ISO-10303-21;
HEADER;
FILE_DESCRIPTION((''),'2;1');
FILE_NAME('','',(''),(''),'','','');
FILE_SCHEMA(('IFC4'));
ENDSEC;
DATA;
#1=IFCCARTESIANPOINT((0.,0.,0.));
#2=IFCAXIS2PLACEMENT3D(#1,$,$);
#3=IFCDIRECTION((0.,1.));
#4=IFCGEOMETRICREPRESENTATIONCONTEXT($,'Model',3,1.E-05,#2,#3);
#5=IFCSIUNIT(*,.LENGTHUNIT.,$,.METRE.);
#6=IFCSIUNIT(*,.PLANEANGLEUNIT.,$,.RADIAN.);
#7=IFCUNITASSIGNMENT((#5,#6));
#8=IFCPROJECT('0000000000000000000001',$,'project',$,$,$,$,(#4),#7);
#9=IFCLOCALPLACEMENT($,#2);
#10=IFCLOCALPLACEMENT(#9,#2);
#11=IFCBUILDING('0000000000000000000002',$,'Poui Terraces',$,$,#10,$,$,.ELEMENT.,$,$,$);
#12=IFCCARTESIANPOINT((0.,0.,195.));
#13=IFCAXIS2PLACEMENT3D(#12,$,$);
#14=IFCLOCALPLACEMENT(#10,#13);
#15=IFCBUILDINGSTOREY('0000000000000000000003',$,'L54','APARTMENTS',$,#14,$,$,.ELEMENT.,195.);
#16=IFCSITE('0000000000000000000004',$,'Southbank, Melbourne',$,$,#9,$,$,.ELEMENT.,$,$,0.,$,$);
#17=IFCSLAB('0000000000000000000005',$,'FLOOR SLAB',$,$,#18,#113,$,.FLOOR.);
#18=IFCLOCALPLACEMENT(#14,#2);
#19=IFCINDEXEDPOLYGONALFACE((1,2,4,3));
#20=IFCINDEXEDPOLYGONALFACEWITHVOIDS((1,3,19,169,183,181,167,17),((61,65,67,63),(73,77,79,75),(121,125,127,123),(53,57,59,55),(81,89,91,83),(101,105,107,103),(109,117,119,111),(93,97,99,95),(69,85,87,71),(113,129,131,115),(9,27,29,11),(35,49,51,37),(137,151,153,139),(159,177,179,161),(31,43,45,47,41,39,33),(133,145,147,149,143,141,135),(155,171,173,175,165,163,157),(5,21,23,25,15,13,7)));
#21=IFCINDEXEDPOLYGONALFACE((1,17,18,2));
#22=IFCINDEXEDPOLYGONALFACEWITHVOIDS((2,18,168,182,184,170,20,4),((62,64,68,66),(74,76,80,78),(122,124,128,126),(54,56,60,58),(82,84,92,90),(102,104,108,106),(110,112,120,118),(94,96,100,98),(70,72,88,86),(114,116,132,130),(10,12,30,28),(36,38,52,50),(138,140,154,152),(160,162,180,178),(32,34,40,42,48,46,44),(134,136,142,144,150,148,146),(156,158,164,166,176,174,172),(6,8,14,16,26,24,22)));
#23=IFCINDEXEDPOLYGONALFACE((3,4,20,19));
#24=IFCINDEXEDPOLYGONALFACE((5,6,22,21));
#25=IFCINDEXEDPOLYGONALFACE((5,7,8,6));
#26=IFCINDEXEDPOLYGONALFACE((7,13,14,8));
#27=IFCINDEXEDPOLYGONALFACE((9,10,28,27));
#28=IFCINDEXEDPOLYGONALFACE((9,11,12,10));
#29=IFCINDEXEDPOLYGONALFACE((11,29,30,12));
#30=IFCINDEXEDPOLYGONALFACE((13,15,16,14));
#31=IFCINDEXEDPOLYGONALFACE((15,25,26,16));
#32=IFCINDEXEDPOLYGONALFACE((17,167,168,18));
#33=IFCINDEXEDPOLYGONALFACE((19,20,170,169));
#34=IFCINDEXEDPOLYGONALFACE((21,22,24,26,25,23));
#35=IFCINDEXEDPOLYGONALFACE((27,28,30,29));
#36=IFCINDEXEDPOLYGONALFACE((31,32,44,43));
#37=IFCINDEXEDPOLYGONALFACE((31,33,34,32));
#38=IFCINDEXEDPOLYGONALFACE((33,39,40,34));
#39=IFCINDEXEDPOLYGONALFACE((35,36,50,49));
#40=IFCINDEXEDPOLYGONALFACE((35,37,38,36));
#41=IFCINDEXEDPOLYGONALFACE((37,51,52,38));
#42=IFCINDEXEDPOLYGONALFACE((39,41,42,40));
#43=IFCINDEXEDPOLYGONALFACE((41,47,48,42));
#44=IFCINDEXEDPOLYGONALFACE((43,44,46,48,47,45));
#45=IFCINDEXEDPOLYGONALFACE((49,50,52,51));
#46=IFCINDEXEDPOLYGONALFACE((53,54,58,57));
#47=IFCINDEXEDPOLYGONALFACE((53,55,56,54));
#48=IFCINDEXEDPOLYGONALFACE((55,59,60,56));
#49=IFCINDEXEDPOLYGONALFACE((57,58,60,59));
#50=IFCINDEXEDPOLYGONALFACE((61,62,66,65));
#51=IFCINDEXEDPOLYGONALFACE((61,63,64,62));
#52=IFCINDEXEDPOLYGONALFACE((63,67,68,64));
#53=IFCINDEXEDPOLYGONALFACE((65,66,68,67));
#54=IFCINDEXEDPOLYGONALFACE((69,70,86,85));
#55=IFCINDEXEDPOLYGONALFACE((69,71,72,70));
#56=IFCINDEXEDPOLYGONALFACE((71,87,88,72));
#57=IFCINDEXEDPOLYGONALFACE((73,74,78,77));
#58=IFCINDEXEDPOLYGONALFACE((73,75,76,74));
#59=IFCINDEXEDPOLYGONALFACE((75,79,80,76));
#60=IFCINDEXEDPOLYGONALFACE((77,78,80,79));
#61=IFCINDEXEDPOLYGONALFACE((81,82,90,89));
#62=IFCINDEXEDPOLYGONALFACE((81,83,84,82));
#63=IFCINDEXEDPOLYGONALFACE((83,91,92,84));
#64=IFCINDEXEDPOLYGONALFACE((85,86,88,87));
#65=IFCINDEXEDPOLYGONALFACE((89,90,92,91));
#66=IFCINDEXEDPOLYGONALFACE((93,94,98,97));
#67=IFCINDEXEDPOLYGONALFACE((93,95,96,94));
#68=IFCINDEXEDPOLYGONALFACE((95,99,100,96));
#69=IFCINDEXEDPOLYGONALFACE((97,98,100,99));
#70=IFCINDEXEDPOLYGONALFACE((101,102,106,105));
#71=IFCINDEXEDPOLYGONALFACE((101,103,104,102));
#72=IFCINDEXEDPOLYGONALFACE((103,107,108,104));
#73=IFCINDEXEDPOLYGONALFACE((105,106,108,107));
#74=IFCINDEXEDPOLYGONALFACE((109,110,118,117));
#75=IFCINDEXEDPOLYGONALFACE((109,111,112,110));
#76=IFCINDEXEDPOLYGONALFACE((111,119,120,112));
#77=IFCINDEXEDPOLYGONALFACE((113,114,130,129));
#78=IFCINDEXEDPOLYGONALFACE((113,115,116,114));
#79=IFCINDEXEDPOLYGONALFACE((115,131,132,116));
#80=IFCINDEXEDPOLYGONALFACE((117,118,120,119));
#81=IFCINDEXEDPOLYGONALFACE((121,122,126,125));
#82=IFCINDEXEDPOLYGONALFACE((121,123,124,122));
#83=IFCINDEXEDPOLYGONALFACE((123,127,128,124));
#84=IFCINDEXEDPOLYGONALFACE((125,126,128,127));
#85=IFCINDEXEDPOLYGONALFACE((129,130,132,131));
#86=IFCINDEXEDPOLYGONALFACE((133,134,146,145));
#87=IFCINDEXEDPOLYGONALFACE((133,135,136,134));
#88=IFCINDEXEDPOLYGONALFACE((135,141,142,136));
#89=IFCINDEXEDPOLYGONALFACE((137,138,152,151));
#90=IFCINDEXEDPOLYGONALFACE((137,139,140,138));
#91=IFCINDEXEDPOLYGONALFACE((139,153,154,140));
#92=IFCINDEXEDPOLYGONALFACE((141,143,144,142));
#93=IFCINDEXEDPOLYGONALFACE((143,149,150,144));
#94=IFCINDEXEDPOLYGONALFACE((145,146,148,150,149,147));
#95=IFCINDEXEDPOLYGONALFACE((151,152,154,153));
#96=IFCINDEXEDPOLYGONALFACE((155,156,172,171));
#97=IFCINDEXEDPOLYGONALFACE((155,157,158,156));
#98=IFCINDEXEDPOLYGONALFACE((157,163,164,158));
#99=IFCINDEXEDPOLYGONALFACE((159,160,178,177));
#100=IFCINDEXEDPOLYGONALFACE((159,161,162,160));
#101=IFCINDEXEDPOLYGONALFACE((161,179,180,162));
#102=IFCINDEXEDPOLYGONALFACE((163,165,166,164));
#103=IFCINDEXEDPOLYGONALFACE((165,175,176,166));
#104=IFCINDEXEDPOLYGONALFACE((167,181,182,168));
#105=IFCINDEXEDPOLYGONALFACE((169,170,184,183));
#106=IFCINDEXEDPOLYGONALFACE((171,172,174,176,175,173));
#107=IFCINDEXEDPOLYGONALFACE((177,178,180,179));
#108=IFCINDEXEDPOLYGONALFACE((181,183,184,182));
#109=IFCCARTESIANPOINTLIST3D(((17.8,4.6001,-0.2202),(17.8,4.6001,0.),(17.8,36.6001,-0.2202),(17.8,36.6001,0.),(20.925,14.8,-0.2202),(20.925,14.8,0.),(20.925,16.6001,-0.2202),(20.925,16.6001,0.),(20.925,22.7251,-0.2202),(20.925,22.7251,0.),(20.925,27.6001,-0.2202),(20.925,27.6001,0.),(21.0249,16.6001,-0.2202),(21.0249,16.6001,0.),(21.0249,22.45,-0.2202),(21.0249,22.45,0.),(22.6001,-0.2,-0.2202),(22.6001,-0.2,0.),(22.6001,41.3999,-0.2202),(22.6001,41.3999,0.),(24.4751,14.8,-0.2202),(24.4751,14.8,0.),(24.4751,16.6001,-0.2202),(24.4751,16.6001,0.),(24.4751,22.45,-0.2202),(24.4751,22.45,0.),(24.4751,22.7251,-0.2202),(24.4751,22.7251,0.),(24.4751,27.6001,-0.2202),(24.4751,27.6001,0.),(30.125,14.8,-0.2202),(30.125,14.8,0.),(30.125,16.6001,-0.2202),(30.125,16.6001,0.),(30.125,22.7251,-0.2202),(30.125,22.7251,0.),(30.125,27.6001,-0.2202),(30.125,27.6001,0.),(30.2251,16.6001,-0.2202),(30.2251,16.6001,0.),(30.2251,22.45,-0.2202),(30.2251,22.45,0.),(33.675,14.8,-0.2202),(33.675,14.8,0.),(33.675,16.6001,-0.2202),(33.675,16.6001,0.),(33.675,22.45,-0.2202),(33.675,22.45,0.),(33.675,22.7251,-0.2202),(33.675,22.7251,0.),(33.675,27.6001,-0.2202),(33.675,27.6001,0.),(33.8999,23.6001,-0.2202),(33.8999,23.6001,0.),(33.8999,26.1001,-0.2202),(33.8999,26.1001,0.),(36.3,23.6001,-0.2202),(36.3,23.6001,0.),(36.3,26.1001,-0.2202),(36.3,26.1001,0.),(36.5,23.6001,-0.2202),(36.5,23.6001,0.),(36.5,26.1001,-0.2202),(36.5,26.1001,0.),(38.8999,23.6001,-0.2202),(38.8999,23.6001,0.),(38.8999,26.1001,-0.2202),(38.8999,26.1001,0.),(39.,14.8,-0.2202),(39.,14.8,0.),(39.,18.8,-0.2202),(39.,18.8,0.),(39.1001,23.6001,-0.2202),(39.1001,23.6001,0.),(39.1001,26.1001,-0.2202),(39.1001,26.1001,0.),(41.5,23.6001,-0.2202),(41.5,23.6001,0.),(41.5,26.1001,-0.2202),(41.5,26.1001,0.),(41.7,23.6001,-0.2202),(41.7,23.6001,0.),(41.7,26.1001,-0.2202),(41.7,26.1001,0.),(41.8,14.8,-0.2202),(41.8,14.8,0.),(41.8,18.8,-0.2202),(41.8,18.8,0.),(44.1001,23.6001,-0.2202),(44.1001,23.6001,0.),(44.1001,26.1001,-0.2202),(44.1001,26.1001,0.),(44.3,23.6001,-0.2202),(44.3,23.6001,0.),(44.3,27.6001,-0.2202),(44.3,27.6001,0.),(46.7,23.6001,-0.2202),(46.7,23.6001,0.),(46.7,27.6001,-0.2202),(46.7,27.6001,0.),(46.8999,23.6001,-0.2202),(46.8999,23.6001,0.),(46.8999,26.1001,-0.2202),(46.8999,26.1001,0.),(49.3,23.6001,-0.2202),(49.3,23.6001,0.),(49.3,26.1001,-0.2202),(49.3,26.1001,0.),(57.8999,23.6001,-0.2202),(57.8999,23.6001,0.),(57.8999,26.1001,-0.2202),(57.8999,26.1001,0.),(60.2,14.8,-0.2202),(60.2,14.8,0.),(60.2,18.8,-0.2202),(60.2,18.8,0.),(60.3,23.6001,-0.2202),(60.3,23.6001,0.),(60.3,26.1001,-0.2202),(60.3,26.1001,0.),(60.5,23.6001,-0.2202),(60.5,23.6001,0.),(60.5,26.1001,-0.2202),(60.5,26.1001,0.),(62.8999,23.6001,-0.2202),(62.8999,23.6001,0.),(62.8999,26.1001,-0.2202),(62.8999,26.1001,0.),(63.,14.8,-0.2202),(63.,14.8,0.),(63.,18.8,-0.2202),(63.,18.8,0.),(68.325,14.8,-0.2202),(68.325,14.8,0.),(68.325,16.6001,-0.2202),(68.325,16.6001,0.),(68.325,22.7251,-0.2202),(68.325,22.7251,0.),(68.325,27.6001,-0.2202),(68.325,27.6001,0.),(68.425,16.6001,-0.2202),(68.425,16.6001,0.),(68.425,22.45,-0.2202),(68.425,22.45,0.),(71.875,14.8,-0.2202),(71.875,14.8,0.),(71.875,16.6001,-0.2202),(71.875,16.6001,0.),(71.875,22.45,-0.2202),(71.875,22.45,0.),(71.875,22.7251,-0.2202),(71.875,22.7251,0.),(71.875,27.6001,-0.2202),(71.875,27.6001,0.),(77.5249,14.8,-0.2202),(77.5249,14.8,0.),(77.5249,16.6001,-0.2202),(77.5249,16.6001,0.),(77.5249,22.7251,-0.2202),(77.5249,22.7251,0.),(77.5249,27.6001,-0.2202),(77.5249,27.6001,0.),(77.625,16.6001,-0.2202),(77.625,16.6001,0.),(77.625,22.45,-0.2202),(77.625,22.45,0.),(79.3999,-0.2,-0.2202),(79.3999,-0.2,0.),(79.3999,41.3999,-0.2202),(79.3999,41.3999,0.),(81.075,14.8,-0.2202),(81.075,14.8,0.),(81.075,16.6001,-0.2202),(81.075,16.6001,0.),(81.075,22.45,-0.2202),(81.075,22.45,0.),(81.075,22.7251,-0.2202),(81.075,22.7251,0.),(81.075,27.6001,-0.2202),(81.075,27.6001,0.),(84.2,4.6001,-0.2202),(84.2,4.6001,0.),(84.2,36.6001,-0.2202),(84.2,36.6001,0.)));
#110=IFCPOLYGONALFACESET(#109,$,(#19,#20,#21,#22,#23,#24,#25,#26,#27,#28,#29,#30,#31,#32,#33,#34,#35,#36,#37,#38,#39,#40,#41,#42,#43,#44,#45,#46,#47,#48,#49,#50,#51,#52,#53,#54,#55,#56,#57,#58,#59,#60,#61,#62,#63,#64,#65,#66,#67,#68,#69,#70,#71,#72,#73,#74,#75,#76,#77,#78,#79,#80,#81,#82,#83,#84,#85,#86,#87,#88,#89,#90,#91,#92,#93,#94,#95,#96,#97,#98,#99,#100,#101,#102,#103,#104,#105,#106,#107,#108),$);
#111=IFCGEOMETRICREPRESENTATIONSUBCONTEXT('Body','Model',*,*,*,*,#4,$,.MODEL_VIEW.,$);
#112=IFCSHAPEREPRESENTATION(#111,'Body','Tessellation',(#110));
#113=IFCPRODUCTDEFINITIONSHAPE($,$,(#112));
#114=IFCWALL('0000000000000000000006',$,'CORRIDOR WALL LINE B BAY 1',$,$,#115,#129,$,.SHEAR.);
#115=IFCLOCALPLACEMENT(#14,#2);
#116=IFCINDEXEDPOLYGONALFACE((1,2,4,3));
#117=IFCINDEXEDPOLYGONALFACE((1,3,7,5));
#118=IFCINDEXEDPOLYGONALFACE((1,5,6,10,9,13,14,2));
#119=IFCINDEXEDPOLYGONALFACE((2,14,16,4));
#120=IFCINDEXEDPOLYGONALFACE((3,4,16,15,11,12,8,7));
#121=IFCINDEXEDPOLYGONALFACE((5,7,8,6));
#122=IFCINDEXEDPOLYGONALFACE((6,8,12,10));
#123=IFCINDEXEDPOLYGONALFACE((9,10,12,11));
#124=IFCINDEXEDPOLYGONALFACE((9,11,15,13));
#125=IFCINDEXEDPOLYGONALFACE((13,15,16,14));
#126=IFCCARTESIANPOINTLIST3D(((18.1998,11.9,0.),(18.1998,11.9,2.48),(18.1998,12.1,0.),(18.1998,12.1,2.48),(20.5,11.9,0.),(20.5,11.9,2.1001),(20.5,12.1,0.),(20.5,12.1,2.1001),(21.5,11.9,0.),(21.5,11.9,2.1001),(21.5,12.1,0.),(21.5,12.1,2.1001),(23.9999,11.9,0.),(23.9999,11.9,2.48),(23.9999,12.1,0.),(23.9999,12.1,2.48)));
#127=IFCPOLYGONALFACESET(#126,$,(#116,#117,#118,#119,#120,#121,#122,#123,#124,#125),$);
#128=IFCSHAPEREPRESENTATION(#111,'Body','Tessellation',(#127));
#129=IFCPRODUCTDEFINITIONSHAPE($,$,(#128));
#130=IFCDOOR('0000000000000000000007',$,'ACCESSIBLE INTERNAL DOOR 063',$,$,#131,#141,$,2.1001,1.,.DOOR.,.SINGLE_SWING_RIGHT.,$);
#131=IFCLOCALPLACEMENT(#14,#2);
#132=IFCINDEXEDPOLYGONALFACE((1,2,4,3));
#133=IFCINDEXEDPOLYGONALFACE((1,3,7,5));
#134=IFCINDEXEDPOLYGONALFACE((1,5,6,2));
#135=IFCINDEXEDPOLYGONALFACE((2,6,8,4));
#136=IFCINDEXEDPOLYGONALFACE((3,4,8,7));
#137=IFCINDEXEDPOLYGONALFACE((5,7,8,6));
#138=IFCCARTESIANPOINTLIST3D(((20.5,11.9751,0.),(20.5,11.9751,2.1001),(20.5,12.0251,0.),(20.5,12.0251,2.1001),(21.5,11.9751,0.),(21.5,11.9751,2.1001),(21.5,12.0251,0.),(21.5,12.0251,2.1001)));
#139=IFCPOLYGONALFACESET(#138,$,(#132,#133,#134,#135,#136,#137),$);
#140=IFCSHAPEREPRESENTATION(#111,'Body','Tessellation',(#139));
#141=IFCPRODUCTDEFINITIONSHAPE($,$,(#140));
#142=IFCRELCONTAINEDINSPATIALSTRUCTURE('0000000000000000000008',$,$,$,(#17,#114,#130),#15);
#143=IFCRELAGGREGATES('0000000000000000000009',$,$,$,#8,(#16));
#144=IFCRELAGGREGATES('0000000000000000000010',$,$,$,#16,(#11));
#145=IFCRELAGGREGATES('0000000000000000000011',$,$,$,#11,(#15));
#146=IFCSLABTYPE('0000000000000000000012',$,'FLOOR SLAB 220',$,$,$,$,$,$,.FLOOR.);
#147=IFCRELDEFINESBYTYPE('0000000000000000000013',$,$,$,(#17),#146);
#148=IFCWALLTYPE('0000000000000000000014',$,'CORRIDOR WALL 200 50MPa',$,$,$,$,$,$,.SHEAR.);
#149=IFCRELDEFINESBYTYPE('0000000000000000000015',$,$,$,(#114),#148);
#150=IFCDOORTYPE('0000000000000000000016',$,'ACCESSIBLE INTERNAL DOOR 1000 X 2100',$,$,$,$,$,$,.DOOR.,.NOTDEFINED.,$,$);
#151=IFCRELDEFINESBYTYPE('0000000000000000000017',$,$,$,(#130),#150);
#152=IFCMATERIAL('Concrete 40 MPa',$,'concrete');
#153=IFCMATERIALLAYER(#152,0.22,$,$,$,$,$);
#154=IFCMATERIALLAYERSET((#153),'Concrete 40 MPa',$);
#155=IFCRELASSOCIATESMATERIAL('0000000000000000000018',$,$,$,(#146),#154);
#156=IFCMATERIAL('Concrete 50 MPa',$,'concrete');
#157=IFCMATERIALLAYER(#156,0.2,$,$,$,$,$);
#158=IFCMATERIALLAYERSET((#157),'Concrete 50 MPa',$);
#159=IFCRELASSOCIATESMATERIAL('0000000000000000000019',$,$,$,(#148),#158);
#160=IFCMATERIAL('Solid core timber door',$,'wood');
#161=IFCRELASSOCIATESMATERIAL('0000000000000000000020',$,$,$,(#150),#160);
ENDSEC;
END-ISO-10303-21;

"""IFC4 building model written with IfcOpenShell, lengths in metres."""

from ifc_helpers import new_model, si_unit, direction, frame, frame_2d, origin, place, context, subcontext, project, spatial, polyline, rectangle, outline, extrude, source, transform, mapped, material, layer, layer_set, type_object, element, fill, save


model = new_model("IFC4")

# Units and contexts
model_context = context("Model", 3, precision=1e-05, world=origin(), true_north=direction((0.0, 1.0)))
body_context = subcontext(model_context, "Body", "Model", "MODEL_VIEW")
ifc_project = project(units=[si_unit("LENGTHUNIT", "METRE"), si_unit("PLANEANGLEUNIT", "RADIAN")], contexts=[model_context])

# Site, building, storey
site_placement = place(None, origin())
site = spatial("IfcSite", under=ifc_project, at=site_placement, Name="Southbank, Melbourne", CompositionType="ELEMENT", RefElevation=0.0)
building_placement = place(site_placement, origin())
building = spatial("IfcBuilding", under=site, at=building_placement, Name="Poui Terraces", CompositionType="ELEMENT")
storey_placement = place(building_placement, frame((0.0, 0.0, 195.0)))
storey = spatial("IfcBuildingStorey", under=building, at=storey_placement, Name="L54", Description="APARTMENTS", CompositionType="ELEMENT", Elevation=195.0)

# Shared definitions
ifc_material_1 = material(Name="Concrete 50 MPa", Category="concrete")

# Slab
ifc_material_2 = material(Name="Concrete 40 MPa", Category="concrete")
ifc_layer_1 = layer(ifc_material_2, 0.22)
ifc_layer_set_1 = layer_set([ifc_layer_1], Name="Concrete 40 MPa")
slab_type_1 = type_object("IfcSlabType", Name="FLOOR SLAB 220", PredefinedType="FLOOR", material=ifc_layer_set_1)
shared_shape_1 = source(origin(), body_context, "Body", "SweptSolid", [
    extrude(outline(polyline([(0.0, 0.0), (4.8, -4.8), (61.5999, -4.8), (66.3999, 0.0), (66.3999, 32.0), (61.5999, 36.7998), (4.8, 36.7998), (0.0, 32.0), (0.0, 0.0)]), holes=[polyline([(21.2, 10.2), (21.2, 14.2), (24.0, 14.2), (24.0, 10.2), (21.2, 10.2)]), polyline([(3.2249, 17.8499), (6.675, 17.8499), (6.675, 12.0), (6.675, 10.2), (3.125, 10.2), (3.125, 12.0), (3.2249, 12.0), (3.2249, 17.8499)]), polyline([(12.425, 17.8499), (15.875, 17.8499), (15.875, 12.0), (15.875, 10.2), (12.325, 10.2), (12.325, 12.0), (12.425, 12.0), (12.425, 17.8499)]), polyline([(16.0999, 19.0), (16.0999, 21.5), (18.5, 21.5), (18.5, 19.0), (16.0999, 19.0)]), polyline([(18.7, 19.0), (18.7, 21.5), (21.0999, 21.5), (21.0999, 19.0), (18.7, 19.0)]), polyline([(21.3, 19.0), (21.3, 21.5), (23.7, 21.5), (23.7, 19.0), (21.3, 19.0)]), polyline([(23.8999, 19.0), (23.8999, 21.5), (26.3, 21.5), (26.3, 19.0), (23.8999, 19.0)]), polyline([(3.125, 23.0), (6.675, 23.0), (6.675, 18.125), (3.125, 18.125), (3.125, 23.0)]), polyline([(12.325, 23.0), (15.875, 23.0), (15.875, 18.125), (12.325, 18.125), (12.325, 23.0)]), polyline([(42.3999, 10.2), (42.3999, 14.2), (45.2, 14.2), (45.2, 10.2), (42.3999, 10.2)]), polyline([(50.625, 17.8499), (54.075, 17.8499), (54.075, 12.0), (54.075, 10.2), (50.5249, 10.2), (50.5249, 12.0), (50.625, 12.0), (50.625, 17.8499)]), polyline([(59.825, 17.8499), (63.2749, 17.8499), (63.2749, 12.0), (63.2749, 10.2), (59.7249, 10.2), (59.7249, 12.0), (59.825, 12.0), (59.825, 17.8499)]), polyline([(29.0999, 19.0), (29.0999, 21.5), (31.5, 21.5), (31.5, 19.0), (29.0999, 19.0)]), polyline([(40.0999, 19.0), (40.0999, 21.5), (42.5, 21.5), (42.5, 19.0), (40.0999, 19.0)]), polyline([(42.7, 19.0), (42.7, 21.5), (45.0999, 21.5), (45.0999, 19.0), (42.7, 19.0)]), polyline([(50.5249, 18.125), (50.5249, 23.0), (54.075, 23.0), (54.075, 18.125), (50.5249, 18.125)]), polyline([(59.7249, 23.0), (63.2749, 23.0), (63.2749, 18.125), (59.7249, 18.125), (59.7249, 23.0)]), polyline([(26.5, 23.0), (28.8999, 23.0), (28.8999, 19.0), (26.5, 19.0), (26.5, 23.0)])]), origin(), (0.0, 0.0, 1.0), 0.2202),
])
slab_1_placement = place(storey_placement, frame((17.8, 4.6001, -0.2202)))
element("IfcSlab", 1, at=slab_1_placement, inside=storey, type_object=slab_type_1, Name="FLOOR SLAB", PredefinedType="FLOOR", context=body_context, shape_type="MappedRepresentation", body=[
    mapped(shared_shape_1, transform((0.0, 0.0, 0.0))),
])

# Wall, opening, door
ifc_layer_2 = layer(ifc_material_1, 0.2)
ifc_layer_set_2 = layer_set([ifc_layer_2], Name="Concrete 50 MPa")
wall_type_1 = type_object("IfcWallType", Name="CORRIDOR WALL 200 50MPa", PredefinedType="SHEAR", material=ifc_layer_set_2)
wall_1_placement = place(storey_placement, frame((18.2, 12.0, 0.0), z_axis=(0.0, 0.0, 1.0), x_axis=(1.0, 0.0, 0.0)))
wall_1 = element("IfcWall", 2, at=wall_1_placement, inside=storey, type_object=wall_type_1, Name="CORRIDOR WALL LINE B BAY 1", PredefinedType="SHEAR", context=body_context, shape_type="SweptSolid", body=[
    extrude(rectangle(XDim=5.8, YDim=0.2, at=frame_2d((2.8999, 0.0))), origin(), (0.0, 0.0, 1.0), 2.48),
])
opening_1_placement = place(wall_1_placement, frame((2.3, 0.0, 0.0)))
opening_1 = element("IfcOpeningElement", 3, at=opening_1_placement, cuts=wall_1, PredefinedType="OPENING", context=body_context, shape_type="SweptSolid", body=[
    extrude(rectangle(XDim=1.0, YDim=2.1001, at=frame_2d((0.5, 1.05))), frame((0.0, 0.1099, 0.0), z_axis=(0.0, -1.0, 0.0), x_axis=(1.0, 0.0, 0.0)), (0.0, 0.0, 1.0), 0.22),
])
ifc_material_3 = material(Name="Solid core timber door", Category="wood")
door_type = type_object("IfcDoorType", Name="ACCESSIBLE INTERNAL DOOR 1000 X 2100", OperationType="NOTDEFINED", PredefinedType="DOOR", material=ifc_material_3)
door_placement = place(opening_1_placement, frame((1.0, 0.0, 0.0), z_axis=(0.0, 0.0, 1.0), x_axis=(-1.0, 0.0, 0.0)))
door = element("IfcDoor", 4, at=door_placement, inside=storey, type_object=door_type, Name="ACCESSIBLE INTERNAL DOOR 063", OperationType="SINGLE_SWING_RIGHT", OverallHeight=2.1001, OverallWidth=1.0, PredefinedType="DOOR", context=body_context, shape_type="SweptSolid", body=[
    extrude(rectangle(XDim=1.0, YDim=2.1001, at=frame_2d((0.5, 1.05))), frame((0.0, 0.0249, 0.0), z_axis=(0.0, -1.0, 0.0), x_axis=(1.0, 0.0, 0.0)), (0.0, 0.0, 1.0), 0.05),
])
fill(opening_1, door)

save(model, "model.ifc")
